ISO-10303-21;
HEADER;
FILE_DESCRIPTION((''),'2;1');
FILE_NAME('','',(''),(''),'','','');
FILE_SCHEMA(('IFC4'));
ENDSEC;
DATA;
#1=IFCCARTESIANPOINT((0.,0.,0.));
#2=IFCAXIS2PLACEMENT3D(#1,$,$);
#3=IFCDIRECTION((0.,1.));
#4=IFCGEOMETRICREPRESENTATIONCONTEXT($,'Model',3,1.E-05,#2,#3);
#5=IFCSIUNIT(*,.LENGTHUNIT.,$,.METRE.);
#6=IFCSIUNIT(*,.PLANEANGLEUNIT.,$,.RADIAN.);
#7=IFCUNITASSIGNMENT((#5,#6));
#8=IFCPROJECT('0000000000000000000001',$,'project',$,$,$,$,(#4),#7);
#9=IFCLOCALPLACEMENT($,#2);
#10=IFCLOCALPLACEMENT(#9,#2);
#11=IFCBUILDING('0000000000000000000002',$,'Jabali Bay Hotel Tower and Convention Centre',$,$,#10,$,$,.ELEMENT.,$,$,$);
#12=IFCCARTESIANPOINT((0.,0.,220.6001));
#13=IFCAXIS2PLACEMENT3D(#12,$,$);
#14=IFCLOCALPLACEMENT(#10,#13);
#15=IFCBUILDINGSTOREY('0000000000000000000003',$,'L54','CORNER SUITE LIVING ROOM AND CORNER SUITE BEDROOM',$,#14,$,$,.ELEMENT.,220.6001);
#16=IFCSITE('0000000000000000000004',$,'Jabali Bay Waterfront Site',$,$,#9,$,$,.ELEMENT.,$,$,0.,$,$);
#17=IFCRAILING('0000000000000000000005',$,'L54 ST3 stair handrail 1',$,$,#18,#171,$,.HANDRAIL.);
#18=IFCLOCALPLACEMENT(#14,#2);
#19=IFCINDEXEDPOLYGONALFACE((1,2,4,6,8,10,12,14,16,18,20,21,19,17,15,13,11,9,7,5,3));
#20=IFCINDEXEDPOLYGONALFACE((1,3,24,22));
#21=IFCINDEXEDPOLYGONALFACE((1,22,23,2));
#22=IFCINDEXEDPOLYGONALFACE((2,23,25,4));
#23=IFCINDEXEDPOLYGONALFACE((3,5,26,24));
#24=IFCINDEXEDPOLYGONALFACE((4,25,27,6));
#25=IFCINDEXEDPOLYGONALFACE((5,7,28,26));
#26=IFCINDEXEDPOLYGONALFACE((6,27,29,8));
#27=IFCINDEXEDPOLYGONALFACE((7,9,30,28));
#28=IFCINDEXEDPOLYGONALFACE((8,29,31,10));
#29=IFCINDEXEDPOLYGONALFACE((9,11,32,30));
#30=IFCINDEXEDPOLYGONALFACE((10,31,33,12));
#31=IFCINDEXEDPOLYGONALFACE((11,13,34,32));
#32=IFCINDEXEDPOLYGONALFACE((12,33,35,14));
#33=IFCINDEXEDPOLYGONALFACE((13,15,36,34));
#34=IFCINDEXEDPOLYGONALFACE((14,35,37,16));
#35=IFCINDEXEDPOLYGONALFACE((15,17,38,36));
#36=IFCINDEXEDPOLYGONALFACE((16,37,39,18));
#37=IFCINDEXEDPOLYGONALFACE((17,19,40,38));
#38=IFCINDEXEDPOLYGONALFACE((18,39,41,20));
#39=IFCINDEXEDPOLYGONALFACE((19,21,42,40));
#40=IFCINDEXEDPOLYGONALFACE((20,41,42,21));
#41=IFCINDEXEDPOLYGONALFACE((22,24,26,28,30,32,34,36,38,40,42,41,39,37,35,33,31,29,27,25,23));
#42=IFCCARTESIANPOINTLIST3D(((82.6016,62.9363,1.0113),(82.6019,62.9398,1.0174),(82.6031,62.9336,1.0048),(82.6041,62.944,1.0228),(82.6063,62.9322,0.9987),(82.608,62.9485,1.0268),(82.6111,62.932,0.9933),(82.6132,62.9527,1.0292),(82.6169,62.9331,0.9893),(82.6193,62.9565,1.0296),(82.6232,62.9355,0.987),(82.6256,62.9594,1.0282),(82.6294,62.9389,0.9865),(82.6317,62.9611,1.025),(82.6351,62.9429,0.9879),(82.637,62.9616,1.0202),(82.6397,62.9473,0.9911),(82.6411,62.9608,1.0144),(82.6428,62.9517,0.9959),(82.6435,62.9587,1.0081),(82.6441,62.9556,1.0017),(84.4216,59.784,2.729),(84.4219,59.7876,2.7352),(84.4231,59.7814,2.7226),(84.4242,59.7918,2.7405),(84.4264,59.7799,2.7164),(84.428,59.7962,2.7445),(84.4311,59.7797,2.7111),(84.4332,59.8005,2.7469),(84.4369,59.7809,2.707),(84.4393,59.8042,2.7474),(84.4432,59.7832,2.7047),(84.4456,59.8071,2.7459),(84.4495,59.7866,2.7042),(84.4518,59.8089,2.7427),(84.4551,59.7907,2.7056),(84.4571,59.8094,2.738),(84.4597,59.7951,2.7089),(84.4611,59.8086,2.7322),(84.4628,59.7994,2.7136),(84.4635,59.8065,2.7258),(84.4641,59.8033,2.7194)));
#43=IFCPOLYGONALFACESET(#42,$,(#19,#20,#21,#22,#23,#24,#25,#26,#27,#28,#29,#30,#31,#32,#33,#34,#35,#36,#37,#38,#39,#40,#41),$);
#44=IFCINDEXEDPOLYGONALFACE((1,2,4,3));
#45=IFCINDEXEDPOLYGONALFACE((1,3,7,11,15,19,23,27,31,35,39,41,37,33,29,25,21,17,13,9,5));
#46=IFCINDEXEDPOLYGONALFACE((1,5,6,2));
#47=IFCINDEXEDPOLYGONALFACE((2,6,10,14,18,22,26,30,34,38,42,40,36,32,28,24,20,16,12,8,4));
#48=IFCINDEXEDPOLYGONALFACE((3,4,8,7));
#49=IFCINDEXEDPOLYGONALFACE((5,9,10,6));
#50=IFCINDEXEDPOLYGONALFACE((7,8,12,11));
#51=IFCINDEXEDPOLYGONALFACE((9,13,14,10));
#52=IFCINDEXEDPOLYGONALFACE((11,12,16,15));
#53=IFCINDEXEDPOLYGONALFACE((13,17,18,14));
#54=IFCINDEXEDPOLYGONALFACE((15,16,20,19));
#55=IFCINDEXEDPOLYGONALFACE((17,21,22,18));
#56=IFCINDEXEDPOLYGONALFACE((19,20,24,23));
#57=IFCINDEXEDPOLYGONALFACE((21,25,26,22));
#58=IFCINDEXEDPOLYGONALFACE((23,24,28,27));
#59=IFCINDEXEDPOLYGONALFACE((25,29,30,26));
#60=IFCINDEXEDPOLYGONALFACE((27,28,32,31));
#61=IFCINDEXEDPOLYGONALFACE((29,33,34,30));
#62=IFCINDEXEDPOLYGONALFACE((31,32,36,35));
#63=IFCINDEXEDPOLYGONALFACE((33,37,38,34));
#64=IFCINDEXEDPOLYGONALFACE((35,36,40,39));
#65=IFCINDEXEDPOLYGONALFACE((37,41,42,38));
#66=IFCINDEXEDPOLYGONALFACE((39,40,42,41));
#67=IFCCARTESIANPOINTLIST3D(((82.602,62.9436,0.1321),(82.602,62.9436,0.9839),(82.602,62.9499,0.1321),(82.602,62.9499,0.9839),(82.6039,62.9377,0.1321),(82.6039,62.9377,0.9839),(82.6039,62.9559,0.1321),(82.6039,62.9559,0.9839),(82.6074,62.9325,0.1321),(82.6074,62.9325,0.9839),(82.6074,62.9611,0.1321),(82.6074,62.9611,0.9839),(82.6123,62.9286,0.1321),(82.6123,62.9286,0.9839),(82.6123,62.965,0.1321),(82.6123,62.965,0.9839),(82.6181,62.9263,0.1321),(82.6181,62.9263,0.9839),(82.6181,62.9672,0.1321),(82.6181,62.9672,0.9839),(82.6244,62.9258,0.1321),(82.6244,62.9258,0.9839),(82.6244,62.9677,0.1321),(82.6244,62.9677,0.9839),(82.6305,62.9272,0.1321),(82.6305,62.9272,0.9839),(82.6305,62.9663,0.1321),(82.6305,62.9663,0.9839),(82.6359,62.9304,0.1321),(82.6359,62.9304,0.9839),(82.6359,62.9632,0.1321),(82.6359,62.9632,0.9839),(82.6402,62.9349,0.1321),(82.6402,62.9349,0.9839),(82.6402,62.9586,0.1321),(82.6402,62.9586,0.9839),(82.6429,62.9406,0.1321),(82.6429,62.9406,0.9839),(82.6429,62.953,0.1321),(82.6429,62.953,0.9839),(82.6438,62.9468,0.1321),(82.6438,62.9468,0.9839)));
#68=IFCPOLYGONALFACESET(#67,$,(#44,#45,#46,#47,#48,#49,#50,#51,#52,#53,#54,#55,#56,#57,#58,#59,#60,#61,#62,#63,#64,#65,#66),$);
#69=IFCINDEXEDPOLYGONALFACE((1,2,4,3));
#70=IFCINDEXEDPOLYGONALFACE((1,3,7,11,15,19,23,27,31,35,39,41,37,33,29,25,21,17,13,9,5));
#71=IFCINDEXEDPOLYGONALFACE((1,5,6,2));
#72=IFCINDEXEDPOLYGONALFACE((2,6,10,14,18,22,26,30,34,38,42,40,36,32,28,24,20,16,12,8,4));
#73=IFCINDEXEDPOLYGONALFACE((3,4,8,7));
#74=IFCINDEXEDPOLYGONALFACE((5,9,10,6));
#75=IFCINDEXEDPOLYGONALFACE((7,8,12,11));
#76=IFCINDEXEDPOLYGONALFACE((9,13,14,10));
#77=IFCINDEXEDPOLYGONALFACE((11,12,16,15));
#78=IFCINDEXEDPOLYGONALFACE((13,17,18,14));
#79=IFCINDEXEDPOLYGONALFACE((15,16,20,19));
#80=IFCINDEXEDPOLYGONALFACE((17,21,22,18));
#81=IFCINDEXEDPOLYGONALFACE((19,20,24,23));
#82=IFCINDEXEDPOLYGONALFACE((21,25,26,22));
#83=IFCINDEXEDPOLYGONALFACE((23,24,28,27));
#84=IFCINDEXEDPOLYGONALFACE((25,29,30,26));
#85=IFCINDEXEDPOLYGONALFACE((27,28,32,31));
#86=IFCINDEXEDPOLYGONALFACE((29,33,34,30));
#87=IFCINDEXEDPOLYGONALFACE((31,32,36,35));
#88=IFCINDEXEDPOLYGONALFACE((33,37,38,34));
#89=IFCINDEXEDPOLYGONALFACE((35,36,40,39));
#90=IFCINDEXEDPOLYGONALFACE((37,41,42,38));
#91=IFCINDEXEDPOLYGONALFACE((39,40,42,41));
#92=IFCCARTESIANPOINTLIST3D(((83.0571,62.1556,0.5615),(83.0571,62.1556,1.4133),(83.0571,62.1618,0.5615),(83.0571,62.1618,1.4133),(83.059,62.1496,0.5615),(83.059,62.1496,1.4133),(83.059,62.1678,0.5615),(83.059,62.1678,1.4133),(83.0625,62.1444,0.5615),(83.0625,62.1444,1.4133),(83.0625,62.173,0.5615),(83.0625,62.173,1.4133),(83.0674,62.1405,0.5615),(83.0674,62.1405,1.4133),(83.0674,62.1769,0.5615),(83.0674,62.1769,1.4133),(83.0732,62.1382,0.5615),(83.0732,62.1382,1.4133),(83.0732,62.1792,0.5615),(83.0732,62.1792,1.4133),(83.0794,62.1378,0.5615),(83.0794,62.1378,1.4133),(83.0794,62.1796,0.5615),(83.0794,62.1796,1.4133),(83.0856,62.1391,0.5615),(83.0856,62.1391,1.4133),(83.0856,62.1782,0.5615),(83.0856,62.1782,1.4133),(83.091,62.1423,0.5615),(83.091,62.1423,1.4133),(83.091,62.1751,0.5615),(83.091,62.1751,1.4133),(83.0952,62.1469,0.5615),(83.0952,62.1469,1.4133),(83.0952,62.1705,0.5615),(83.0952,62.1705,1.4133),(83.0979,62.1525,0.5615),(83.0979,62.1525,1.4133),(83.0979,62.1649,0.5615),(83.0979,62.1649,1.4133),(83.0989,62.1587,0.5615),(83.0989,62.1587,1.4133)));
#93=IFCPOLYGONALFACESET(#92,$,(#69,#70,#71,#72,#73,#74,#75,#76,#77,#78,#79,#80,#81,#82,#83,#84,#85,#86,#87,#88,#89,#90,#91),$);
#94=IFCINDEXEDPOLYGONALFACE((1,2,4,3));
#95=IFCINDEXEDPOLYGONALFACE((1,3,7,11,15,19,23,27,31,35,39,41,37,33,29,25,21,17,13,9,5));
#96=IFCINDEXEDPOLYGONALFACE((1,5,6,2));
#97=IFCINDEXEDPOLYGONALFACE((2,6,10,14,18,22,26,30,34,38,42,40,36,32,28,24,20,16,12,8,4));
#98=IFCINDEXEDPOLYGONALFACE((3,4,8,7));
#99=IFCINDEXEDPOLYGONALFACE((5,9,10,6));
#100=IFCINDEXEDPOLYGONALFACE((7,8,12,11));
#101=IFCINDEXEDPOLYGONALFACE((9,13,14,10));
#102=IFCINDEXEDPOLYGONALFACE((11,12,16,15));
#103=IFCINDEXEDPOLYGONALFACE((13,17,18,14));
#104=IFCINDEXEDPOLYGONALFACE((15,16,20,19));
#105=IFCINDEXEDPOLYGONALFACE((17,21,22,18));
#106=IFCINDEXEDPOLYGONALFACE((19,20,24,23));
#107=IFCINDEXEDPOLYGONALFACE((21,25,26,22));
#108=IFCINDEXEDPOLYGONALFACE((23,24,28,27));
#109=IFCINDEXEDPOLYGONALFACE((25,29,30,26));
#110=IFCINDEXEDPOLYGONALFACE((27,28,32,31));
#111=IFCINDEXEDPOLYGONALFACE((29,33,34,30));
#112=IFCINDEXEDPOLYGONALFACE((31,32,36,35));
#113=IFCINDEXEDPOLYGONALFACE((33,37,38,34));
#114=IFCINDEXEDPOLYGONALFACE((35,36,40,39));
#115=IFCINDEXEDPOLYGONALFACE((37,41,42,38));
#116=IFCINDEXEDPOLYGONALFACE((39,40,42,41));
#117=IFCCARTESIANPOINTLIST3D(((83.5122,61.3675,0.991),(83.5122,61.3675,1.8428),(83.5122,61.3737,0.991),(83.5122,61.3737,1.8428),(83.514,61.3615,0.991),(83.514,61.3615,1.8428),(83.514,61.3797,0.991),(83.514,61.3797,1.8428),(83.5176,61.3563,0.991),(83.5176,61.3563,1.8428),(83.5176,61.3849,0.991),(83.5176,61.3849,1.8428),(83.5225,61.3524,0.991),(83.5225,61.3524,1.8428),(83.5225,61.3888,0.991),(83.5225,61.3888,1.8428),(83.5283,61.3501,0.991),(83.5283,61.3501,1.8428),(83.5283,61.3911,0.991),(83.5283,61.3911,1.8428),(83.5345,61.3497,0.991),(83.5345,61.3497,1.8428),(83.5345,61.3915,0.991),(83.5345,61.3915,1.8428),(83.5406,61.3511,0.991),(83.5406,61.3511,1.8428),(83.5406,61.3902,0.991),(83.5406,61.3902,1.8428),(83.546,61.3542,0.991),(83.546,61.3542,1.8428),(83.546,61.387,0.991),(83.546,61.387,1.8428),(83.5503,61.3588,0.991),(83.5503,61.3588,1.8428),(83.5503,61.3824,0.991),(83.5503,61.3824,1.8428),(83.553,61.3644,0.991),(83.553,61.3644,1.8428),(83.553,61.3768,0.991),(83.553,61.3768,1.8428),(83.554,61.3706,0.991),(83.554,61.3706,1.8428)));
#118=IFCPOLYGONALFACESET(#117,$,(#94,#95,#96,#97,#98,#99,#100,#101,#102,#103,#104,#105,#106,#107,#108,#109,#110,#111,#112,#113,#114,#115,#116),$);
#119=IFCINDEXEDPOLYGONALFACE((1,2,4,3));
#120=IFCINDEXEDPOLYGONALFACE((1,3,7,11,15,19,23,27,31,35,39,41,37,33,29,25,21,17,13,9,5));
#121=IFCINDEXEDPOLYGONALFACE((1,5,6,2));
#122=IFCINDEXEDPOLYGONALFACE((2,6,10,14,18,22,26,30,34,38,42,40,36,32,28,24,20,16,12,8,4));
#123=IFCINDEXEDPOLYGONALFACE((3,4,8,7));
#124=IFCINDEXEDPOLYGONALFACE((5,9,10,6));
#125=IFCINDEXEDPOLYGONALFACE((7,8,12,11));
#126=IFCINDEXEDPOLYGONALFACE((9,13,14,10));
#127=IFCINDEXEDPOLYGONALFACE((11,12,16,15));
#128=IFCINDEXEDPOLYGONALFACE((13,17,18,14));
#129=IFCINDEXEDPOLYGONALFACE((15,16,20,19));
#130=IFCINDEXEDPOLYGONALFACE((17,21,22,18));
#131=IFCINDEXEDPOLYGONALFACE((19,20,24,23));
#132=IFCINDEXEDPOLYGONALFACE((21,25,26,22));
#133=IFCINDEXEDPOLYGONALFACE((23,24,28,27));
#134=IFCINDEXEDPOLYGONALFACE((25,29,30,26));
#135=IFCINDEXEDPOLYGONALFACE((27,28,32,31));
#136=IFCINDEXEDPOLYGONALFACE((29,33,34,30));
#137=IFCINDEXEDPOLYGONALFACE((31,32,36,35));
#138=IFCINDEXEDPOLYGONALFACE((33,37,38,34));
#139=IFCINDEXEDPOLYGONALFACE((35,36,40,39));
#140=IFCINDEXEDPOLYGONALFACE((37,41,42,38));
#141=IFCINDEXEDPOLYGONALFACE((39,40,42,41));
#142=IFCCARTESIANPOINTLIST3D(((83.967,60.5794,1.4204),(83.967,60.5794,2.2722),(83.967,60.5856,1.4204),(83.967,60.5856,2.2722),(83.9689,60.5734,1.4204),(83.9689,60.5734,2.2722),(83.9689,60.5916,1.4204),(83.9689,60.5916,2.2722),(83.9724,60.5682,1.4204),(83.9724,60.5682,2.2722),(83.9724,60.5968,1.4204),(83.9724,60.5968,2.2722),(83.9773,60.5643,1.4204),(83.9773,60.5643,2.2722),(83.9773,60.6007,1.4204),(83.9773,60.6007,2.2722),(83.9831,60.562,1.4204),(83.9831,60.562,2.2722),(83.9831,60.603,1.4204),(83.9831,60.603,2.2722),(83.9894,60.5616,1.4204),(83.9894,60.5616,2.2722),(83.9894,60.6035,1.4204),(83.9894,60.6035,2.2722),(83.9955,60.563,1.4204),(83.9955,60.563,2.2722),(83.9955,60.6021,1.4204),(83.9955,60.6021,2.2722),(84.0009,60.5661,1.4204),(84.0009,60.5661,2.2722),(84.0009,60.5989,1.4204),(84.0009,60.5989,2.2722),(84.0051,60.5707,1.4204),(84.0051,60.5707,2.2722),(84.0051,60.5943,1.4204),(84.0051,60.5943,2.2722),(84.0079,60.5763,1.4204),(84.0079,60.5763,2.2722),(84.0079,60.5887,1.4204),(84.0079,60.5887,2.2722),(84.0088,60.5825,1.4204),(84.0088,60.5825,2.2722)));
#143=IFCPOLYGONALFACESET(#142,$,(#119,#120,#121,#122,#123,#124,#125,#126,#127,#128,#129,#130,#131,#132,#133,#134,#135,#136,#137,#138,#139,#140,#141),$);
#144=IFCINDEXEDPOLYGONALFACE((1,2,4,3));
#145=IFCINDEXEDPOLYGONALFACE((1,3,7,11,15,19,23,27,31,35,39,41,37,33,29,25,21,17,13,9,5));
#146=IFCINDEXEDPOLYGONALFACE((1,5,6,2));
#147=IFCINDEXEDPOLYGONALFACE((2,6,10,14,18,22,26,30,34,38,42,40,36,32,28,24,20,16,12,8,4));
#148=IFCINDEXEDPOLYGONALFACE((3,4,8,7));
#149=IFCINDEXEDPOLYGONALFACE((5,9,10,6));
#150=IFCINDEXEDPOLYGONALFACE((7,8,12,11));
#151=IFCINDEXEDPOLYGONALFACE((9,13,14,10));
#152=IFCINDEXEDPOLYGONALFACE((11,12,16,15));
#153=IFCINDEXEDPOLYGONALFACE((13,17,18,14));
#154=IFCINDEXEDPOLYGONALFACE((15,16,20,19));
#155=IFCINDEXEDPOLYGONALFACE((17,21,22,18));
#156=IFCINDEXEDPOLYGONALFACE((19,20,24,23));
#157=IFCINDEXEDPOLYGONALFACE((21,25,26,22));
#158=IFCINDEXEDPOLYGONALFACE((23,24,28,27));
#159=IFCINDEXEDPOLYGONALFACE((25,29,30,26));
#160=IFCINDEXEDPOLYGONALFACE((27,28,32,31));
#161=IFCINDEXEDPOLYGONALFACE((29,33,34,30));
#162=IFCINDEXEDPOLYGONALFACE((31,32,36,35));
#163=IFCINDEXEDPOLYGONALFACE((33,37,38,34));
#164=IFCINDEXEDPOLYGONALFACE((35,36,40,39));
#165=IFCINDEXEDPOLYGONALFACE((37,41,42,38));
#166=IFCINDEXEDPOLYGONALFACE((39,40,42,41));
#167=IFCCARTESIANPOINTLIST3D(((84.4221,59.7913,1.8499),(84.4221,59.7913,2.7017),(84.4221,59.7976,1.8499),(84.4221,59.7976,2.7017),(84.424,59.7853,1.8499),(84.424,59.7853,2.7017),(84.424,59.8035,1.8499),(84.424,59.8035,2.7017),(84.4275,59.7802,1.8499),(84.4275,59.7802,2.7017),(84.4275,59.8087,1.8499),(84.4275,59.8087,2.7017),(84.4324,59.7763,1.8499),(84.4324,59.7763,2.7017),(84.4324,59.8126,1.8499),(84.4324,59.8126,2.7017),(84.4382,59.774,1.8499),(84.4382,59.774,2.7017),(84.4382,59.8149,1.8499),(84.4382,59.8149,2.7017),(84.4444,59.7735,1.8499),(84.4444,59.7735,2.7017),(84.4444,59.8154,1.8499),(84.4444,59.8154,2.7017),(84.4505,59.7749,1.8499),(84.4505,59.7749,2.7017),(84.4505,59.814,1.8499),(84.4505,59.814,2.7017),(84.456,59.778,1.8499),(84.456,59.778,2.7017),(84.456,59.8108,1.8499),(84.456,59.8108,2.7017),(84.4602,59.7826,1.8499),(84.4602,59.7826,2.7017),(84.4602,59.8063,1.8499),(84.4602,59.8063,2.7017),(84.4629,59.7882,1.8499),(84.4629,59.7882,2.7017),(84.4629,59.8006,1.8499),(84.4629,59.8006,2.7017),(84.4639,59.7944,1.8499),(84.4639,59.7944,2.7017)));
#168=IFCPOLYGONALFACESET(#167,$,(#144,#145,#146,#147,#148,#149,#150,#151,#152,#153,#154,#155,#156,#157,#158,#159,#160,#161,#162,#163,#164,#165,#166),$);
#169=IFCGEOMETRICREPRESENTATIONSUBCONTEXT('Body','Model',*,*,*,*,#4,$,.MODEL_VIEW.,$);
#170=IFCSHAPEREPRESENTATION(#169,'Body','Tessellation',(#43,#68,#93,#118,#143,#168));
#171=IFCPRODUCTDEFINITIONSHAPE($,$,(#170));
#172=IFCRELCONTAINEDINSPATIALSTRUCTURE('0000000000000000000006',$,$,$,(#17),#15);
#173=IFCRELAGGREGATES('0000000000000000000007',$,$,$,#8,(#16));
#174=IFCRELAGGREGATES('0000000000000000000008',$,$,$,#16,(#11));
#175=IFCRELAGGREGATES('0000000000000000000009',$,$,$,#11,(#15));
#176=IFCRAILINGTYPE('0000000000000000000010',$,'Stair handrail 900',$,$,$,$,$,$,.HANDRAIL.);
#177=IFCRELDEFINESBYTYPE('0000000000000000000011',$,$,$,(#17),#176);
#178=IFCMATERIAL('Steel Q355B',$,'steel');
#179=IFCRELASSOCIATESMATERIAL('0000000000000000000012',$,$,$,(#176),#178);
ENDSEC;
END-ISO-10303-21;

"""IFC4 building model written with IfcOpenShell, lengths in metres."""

from ifc_helpers import new_model, si_unit, direction, frame, origin, origin_2d, place, context, subcontext, project, spatial, circle, extrude, material, type_object, element, save


model = new_model("IFC4")

# Units and contexts
model_context = context("Model", 3, precision=1e-05, world=origin(), true_north=direction((0.0, 1.0)))
body_context = subcontext(model_context, "Body", "Model", "MODEL_VIEW")
ifc_project = project(units=[si_unit("LENGTHUNIT", "METRE"), si_unit("PLANEANGLEUNIT", "RADIAN")], contexts=[model_context])

# Site, building, storey
site_placement = place(None, origin())
site = spatial("IfcSite", under=ifc_project, at=site_placement, Name="Jabali Bay Waterfront Site", CompositionType="ELEMENT", RefElevation=0.0)
building_placement = place(site_placement, origin())
building = spatial("IfcBuilding", under=site, at=building_placement, Name="Jabali Bay Hotel Tower and Convention Centre", CompositionType="ELEMENT")
storey_placement = place(building_placement, frame((0.0, 0.0, 220.6001)))
storey = spatial("IfcBuildingStorey", under=building, at=storey_placement, Name="L54", Description="CORNER SUITE LIVING ROOM AND CORNER SUITE BEDROOM", CompositionType="ELEMENT", Elevation=220.6001)

# Railing
ifc_material_1 = material(Name="Steel Q355B", Category="steel")
railing_type_1 = type_object("IfcRailingType", Name="Stair handrail 900", PredefinedType="HANDRAIL", material=ifc_material_1)
railing_1_placement = place(storey_placement, frame((82.6228, 62.9468, 0.1321)))
element("IfcRailing", 1, at=railing_1_placement, inside=storey, type_object=railing_type_1, Name="L54 ST3 stair handrail 1", PredefinedType="HANDRAIL", context=body_context, shape_type="SweptSolid", body=[
    extrude(circle(Radius=0.0239, at=origin_2d()), frame((0.0, 0.0, 0.876), z_axis=(0.45219, -0.78319, 0.426775), x_axis=(0.866018, 0.500013, 0.0)), (0.0, 0.0, 1.0), 4.0249),
    extrude(circle(Radius=0.021, at=origin_2d()), origin(), (0.0, 0.0, 1.0), 0.8518),
    extrude(circle(Radius=0.021, at=origin_2d()), frame((0.4551, -0.7881, 0.4294)), (0.0, 0.0, 1.0), 0.8518),
    extrude(circle(Radius=0.021, at=origin_2d()), frame((0.9102, -1.5762, 0.8589)), (0.0, 0.0, 1.0), 0.8518),
    extrude(circle(Radius=0.021, at=origin_2d()), frame((1.365, -2.3643, 1.2883)), (0.0, 0.0, 1.0), 0.8518),
    extrude(circle(Radius=0.021, at=origin_2d()), frame((1.8201, -3.1523, 1.7178)), (0.0, 0.0, 1.0), 0.8518),
])

save(model, "model.ifc")
